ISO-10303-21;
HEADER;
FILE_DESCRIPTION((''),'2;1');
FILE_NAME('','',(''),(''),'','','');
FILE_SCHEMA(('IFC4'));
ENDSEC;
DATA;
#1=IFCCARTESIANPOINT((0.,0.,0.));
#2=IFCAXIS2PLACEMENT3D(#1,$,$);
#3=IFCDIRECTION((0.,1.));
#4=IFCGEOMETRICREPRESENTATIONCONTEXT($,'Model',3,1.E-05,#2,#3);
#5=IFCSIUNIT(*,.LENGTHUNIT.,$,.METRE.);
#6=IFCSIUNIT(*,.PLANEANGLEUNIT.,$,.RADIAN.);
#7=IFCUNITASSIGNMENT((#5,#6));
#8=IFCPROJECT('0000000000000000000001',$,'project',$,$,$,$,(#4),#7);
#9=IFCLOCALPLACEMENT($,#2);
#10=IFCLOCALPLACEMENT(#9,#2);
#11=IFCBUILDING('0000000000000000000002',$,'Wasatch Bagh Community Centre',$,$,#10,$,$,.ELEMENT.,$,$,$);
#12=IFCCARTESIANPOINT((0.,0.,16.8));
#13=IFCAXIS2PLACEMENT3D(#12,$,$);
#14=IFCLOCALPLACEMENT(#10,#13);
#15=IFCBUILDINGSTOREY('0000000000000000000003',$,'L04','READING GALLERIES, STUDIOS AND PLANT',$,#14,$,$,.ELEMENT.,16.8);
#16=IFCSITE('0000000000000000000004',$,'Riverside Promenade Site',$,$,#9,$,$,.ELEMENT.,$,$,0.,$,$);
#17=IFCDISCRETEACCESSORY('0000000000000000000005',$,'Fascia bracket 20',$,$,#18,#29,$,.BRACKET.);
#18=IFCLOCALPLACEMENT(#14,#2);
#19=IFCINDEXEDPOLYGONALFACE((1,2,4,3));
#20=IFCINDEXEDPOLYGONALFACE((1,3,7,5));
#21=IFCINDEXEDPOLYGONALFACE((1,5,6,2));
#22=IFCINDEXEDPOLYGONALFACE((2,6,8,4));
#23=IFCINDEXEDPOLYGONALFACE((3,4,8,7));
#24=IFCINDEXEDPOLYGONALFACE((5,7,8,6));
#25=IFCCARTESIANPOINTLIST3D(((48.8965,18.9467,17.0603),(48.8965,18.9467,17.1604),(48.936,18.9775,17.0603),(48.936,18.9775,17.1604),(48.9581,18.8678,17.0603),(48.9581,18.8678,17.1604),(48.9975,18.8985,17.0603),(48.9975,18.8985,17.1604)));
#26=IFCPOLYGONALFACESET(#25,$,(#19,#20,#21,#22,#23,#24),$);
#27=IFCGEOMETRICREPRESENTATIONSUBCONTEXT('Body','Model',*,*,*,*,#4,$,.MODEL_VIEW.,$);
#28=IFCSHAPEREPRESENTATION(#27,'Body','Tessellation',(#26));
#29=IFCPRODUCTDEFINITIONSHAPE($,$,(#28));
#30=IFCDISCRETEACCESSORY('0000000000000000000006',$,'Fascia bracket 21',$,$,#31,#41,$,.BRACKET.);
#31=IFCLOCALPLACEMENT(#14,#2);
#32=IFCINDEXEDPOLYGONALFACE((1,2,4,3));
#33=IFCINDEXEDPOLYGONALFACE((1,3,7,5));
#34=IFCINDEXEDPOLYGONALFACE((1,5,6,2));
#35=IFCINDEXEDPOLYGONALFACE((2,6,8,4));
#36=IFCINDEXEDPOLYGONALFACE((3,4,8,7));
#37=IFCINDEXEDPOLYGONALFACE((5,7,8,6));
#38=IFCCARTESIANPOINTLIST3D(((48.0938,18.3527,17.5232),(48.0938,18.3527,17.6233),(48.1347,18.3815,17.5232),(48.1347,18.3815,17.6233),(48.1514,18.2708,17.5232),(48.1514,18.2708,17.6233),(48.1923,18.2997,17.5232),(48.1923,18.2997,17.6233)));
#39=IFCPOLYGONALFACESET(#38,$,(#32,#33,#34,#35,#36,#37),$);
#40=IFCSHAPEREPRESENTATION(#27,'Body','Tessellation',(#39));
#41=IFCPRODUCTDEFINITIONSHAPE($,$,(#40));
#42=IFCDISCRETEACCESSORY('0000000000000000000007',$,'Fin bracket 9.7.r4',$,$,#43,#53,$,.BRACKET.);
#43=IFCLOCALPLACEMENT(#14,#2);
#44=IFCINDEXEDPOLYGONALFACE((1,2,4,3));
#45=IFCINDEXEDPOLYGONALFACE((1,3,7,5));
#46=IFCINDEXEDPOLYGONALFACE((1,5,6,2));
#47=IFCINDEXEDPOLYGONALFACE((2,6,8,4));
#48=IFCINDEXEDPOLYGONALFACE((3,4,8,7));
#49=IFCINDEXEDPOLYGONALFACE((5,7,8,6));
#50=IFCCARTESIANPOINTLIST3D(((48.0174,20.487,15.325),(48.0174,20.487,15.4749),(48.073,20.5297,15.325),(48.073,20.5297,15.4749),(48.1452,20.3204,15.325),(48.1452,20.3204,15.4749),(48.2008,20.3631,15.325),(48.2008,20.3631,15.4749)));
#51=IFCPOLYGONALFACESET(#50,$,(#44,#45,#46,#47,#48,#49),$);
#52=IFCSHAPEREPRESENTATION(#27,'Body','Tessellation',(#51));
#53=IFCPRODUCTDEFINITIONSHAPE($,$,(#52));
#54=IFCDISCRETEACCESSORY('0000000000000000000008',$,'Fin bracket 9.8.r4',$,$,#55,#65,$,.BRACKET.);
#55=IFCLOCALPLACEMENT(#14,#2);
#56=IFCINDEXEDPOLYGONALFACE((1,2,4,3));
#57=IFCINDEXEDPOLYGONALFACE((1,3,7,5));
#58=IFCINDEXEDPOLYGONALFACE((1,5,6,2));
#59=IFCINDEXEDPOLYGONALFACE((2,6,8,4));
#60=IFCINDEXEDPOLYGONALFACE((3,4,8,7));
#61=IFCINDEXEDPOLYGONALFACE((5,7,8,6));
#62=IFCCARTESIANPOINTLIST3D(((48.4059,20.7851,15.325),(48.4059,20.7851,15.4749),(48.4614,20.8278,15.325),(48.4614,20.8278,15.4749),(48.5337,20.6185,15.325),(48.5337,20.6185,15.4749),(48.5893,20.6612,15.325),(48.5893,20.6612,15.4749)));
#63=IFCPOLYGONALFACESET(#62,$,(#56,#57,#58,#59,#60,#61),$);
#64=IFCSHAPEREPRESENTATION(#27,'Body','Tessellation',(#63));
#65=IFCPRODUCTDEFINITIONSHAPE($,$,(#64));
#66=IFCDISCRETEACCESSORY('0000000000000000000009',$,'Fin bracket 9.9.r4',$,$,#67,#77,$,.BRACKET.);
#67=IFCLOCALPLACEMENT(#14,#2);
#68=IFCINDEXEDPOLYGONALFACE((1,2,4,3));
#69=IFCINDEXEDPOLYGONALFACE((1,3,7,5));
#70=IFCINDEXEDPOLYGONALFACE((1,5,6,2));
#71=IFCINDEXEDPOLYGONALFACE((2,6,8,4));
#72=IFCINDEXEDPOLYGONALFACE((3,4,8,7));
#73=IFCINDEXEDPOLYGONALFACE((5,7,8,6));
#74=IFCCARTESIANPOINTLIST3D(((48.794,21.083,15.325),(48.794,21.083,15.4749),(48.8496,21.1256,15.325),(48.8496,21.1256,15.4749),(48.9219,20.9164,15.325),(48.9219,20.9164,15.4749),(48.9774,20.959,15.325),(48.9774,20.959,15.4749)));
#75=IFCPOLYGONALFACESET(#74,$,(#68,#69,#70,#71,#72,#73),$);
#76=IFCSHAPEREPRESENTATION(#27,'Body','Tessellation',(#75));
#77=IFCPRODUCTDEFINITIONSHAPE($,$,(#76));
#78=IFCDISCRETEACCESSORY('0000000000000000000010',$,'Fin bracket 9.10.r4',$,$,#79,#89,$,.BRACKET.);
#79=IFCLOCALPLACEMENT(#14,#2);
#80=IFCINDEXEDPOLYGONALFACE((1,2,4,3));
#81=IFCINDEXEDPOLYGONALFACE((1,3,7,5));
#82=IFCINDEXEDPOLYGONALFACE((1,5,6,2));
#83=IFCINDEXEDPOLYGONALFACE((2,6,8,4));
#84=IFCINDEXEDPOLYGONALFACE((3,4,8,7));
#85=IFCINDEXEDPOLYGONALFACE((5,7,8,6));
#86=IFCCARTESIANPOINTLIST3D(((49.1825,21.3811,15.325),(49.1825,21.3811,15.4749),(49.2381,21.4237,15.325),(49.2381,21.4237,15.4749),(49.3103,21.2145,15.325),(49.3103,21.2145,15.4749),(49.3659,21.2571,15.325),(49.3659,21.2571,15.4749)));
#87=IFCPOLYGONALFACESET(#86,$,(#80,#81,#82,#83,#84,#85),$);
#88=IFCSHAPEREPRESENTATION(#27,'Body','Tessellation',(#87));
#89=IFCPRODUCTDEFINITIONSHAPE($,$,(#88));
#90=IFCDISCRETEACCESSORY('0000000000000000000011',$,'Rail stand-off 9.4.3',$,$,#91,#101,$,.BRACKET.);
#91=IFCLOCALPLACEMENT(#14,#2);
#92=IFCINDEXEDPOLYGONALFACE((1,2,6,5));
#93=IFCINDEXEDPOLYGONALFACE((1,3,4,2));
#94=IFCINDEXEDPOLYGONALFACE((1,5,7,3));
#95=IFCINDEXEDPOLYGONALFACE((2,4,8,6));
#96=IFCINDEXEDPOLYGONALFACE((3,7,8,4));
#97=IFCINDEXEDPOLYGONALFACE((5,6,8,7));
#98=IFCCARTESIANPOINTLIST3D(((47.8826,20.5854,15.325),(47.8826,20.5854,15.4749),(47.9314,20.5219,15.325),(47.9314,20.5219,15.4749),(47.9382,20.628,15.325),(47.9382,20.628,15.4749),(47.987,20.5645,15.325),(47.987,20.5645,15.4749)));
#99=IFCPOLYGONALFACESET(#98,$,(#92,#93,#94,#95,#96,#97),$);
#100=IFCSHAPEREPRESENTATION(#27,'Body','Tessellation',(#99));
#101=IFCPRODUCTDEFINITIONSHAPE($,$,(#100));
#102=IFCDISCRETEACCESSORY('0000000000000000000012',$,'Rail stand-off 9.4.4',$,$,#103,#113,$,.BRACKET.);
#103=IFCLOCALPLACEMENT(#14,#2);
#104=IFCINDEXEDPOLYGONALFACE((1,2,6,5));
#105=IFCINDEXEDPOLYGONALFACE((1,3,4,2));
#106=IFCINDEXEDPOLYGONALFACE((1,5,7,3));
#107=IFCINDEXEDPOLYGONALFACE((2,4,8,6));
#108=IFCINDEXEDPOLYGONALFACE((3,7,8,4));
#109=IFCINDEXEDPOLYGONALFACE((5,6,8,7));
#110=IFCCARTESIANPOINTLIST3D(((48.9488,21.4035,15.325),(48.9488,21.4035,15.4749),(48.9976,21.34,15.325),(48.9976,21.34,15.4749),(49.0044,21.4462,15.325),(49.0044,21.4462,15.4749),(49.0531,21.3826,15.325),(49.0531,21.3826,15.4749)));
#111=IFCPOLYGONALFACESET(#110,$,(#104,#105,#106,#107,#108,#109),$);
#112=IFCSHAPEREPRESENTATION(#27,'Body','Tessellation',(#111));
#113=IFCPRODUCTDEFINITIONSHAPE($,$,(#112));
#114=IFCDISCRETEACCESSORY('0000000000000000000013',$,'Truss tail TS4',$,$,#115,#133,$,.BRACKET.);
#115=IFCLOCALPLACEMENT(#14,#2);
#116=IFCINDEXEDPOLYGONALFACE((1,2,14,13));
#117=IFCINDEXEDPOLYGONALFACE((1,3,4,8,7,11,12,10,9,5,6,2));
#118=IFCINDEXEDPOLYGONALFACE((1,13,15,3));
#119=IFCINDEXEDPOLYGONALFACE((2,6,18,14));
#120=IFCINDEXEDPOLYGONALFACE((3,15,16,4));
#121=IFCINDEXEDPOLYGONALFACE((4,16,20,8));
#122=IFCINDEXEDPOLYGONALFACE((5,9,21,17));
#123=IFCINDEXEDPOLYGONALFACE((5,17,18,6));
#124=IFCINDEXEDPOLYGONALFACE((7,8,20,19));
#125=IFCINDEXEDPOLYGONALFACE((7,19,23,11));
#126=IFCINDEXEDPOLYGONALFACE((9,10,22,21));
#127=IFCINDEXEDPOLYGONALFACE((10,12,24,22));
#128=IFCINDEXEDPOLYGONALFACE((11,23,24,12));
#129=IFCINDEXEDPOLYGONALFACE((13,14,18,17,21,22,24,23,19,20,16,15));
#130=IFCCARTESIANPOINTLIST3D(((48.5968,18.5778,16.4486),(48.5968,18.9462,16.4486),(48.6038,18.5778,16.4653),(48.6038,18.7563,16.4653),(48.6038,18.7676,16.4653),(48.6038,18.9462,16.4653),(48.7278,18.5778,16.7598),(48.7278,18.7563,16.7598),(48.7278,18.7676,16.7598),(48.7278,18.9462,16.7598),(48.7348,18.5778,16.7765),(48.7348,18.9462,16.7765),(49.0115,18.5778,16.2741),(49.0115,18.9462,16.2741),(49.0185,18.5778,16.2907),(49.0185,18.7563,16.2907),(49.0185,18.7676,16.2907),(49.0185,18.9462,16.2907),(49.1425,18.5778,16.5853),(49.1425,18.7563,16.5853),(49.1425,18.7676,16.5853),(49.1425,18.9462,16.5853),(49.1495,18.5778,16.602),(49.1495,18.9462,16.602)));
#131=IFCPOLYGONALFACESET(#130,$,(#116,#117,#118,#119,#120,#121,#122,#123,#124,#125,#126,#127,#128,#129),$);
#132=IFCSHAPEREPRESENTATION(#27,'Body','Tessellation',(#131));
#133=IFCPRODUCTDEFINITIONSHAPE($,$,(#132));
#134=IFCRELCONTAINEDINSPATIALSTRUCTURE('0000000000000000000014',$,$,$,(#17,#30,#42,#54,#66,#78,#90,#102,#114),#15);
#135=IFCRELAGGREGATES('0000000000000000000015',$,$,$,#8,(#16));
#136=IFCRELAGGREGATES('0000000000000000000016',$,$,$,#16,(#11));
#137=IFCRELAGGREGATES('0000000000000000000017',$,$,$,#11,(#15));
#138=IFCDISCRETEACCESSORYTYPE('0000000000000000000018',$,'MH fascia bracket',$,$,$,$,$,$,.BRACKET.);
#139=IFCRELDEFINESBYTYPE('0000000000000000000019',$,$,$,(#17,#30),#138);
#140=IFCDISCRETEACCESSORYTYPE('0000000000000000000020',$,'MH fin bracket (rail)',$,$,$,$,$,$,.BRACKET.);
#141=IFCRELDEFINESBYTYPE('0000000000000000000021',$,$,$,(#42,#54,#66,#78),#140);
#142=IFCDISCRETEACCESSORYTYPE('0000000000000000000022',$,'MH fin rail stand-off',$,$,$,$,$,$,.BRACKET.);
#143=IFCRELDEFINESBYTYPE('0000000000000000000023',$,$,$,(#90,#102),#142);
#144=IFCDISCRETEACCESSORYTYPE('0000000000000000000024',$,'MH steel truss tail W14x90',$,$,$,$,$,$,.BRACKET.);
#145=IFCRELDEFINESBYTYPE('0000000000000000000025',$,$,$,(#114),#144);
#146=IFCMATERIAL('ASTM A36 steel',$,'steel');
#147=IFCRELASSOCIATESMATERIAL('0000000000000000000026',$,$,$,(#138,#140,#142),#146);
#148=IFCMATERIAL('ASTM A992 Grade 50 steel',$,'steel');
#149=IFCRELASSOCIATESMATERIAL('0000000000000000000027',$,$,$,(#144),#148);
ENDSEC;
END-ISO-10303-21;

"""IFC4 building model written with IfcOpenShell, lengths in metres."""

from ifc_helpers import new_model, si_unit, direction, frame, origin, origin_2d, place, context, subcontext, project, spatial, rectangle, i_section, extrude, material, material_profile, profile_set, type_object, element, save


model = new_model("IFC4")

# Units and contexts
model_context = context("Model", 3, precision=1e-05, world=origin(), true_north=direction((0.0, 1.0)))
body_context = subcontext(model_context, "Body", "Model", "MODEL_VIEW")
ifc_project = project(units=[si_unit("LENGTHUNIT", "METRE"), si_unit("PLANEANGLEUNIT", "RADIAN")], contexts=[model_context])

# Site, building, storey
site_placement = place(None, origin())
site = spatial("IfcSite", under=ifc_project, at=site_placement, Name="Riverside Promenade Site", CompositionType="ELEMENT", RefElevation=0.0)
building_placement = place(site_placement, origin())
building = spatial("IfcBuilding", under=site, at=building_placement, Name="Wasatch Bagh Community Centre", CompositionType="ELEMENT")
storey_placement = place(building_placement, frame((0.0, 0.0, 16.8)))
storey = spatial("IfcBuildingStorey", under=building, at=storey_placement, Name="L04", Description="READING GALLERIES, STUDIOS AND PLANT", CompositionType="ELEMENT", Elevation=16.8)

# Shared definitions
ifc_material_1 = material(Name="ASTM A992 Grade 50 steel", Category="steel")

# Discrete accessories
ifc_material_2 = material(Name="ASTM A36 steel", Category="steel")
discrete_accessory_type_1 = type_object("IfcDiscreteAccessoryType", Name="MH fascia bracket", PredefinedType="BRACKET", material=ifc_material_2)
for number, where, z_axis, x_axis, name in (
    (1, (48.947, 18.9226, 17.0603), (0.0, 0.0, 1.0), (0.615232, -0.788346, 0.0), "Fascia bracket 20"),
    (2, (48.1431, 18.3262, 17.5232), (0.0, 0.0, 1.0), (0.575808, -0.817585, 0.0), "Fascia bracket 21"),
):
    element("IfcDiscreteAccessory", number, at=place(storey_placement, frame(where, z_axis=z_axis, x_axis=x_axis)), inside=storey, type_object=discrete_accessory_type_1, Name=name, PredefinedType="BRACKET", context=body_context, shape_type="SweptSolid", body=[
        extrude(rectangle(XDim=0.1001, YDim=0.05, at=origin_2d()), origin(), (0.0, 0.0, 1.0), 0.1001),
    ])
discrete_accessory_type_2 = type_object("IfcDiscreteAccessoryType", Name="MH fin bracket (rail)", PredefinedType="BRACKET", material=ifc_material_2)
for number, where, z_axis, x_axis, name in (
    (3, (48.1091, 20.425, 15.325), (0.0, 0.0, 1.0), (0.793353, 0.608761, 0.0), "Fin bracket 9.7.r4"),
    (4, (48.4976, 20.7231, 15.325), (0.0, 0.0, 1.0), (0.793353, 0.608761, 0.0), "Fin bracket 9.8.r4"),
    (5, (48.8857, 21.021, 15.325), (0.0, 0.0, 1.0), (0.793353, 0.608761, 0.0), "Fin bracket 9.9.r4"),
    (6, (49.2742, 21.3191, 15.325), (0.0, 0.0, 1.0), (0.793353, 0.608761, 0.0), "Fin bracket 9.10.r4"),
):
    element("IfcDiscreteAccessory", number, at=place(storey_placement, frame(where, z_axis=z_axis, x_axis=x_axis)), inside=storey, type_object=discrete_accessory_type_2, Name=name, PredefinedType="BRACKET", context=body_context, shape_type="SweptSolid", body=[
        extrude(rectangle(XDim=0.0701, YDim=0.21, at=origin_2d()), origin(), (0.0, 0.0, 1.0), 0.1499),
    ])
discrete_accessory_type_3 = type_object("IfcDiscreteAccessoryType", Name="MH fin rail stand-off", PredefinedType="BRACKET", material=ifc_material_2)
for number, where, z_axis, x_axis, name in (
    (7, (47.9348, 20.575, 15.325), (0.0, 0.0, 1.0), (0.793353, 0.608761, 0.0), "Rail stand-off 9.4.3"),
    (8, (49.001, 21.3931, 15.325), (0.0, 0.0, 1.0), (0.793353, 0.608761, 0.0), "Rail stand-off 9.4.4"),
):
    element("IfcDiscreteAccessory", number, at=place(storey_placement, frame(where, z_axis=z_axis, x_axis=x_axis)), inside=storey, type_object=discrete_accessory_type_3, Name=name, PredefinedType="BRACKET", context=body_context, shape_type="SweptSolid", body=[
        extrude(rectangle(XDim=0.0701, YDim=0.0801, at=origin_2d()), origin(), (0.0, 0.0, 1.0), 0.1499),
    ])
ifc_material_profile_1 = material_profile(ifc_material_1, i_section(OverallWidth=0.3684, OverallDepth=0.3557, WebThickness=0.0112, FlangeThickness=0.0181, at=origin_2d()), Name="W14x90")
ifc_profile_set_1 = profile_set([ifc_material_profile_1], Name="ASTM A992 Grade 50 steel")
discrete_accessory_type_4 = type_object("IfcDiscreteAccessoryType", Name="MH steel truss tail W14x90", PredefinedType="BRACKET", material=ifc_profile_set_1)
discrete_accessory_placement = place(storey_placement, frame((48.6658, 18.762, 16.6125), z_axis=(0.921707, 0.0, -0.387887), x_axis=(0.0, 1.0, 0.0)))
element("IfcDiscreteAccessory", 9, at=discrete_accessory_placement, inside=storey, type_object=discrete_accessory_type_4, Name="Truss tail TS4", PredefinedType="BRACKET", context=body_context, shape_type="SweptSolid", body=[
    extrude(i_section(OverallWidth=0.3684, OverallDepth=0.3557, WebThickness=0.0112, FlangeThickness=0.0181, at=origin_2d()), origin(), (0.0, 0.0, 1.0), 0.45),
])

save(model, "model.ifc")
